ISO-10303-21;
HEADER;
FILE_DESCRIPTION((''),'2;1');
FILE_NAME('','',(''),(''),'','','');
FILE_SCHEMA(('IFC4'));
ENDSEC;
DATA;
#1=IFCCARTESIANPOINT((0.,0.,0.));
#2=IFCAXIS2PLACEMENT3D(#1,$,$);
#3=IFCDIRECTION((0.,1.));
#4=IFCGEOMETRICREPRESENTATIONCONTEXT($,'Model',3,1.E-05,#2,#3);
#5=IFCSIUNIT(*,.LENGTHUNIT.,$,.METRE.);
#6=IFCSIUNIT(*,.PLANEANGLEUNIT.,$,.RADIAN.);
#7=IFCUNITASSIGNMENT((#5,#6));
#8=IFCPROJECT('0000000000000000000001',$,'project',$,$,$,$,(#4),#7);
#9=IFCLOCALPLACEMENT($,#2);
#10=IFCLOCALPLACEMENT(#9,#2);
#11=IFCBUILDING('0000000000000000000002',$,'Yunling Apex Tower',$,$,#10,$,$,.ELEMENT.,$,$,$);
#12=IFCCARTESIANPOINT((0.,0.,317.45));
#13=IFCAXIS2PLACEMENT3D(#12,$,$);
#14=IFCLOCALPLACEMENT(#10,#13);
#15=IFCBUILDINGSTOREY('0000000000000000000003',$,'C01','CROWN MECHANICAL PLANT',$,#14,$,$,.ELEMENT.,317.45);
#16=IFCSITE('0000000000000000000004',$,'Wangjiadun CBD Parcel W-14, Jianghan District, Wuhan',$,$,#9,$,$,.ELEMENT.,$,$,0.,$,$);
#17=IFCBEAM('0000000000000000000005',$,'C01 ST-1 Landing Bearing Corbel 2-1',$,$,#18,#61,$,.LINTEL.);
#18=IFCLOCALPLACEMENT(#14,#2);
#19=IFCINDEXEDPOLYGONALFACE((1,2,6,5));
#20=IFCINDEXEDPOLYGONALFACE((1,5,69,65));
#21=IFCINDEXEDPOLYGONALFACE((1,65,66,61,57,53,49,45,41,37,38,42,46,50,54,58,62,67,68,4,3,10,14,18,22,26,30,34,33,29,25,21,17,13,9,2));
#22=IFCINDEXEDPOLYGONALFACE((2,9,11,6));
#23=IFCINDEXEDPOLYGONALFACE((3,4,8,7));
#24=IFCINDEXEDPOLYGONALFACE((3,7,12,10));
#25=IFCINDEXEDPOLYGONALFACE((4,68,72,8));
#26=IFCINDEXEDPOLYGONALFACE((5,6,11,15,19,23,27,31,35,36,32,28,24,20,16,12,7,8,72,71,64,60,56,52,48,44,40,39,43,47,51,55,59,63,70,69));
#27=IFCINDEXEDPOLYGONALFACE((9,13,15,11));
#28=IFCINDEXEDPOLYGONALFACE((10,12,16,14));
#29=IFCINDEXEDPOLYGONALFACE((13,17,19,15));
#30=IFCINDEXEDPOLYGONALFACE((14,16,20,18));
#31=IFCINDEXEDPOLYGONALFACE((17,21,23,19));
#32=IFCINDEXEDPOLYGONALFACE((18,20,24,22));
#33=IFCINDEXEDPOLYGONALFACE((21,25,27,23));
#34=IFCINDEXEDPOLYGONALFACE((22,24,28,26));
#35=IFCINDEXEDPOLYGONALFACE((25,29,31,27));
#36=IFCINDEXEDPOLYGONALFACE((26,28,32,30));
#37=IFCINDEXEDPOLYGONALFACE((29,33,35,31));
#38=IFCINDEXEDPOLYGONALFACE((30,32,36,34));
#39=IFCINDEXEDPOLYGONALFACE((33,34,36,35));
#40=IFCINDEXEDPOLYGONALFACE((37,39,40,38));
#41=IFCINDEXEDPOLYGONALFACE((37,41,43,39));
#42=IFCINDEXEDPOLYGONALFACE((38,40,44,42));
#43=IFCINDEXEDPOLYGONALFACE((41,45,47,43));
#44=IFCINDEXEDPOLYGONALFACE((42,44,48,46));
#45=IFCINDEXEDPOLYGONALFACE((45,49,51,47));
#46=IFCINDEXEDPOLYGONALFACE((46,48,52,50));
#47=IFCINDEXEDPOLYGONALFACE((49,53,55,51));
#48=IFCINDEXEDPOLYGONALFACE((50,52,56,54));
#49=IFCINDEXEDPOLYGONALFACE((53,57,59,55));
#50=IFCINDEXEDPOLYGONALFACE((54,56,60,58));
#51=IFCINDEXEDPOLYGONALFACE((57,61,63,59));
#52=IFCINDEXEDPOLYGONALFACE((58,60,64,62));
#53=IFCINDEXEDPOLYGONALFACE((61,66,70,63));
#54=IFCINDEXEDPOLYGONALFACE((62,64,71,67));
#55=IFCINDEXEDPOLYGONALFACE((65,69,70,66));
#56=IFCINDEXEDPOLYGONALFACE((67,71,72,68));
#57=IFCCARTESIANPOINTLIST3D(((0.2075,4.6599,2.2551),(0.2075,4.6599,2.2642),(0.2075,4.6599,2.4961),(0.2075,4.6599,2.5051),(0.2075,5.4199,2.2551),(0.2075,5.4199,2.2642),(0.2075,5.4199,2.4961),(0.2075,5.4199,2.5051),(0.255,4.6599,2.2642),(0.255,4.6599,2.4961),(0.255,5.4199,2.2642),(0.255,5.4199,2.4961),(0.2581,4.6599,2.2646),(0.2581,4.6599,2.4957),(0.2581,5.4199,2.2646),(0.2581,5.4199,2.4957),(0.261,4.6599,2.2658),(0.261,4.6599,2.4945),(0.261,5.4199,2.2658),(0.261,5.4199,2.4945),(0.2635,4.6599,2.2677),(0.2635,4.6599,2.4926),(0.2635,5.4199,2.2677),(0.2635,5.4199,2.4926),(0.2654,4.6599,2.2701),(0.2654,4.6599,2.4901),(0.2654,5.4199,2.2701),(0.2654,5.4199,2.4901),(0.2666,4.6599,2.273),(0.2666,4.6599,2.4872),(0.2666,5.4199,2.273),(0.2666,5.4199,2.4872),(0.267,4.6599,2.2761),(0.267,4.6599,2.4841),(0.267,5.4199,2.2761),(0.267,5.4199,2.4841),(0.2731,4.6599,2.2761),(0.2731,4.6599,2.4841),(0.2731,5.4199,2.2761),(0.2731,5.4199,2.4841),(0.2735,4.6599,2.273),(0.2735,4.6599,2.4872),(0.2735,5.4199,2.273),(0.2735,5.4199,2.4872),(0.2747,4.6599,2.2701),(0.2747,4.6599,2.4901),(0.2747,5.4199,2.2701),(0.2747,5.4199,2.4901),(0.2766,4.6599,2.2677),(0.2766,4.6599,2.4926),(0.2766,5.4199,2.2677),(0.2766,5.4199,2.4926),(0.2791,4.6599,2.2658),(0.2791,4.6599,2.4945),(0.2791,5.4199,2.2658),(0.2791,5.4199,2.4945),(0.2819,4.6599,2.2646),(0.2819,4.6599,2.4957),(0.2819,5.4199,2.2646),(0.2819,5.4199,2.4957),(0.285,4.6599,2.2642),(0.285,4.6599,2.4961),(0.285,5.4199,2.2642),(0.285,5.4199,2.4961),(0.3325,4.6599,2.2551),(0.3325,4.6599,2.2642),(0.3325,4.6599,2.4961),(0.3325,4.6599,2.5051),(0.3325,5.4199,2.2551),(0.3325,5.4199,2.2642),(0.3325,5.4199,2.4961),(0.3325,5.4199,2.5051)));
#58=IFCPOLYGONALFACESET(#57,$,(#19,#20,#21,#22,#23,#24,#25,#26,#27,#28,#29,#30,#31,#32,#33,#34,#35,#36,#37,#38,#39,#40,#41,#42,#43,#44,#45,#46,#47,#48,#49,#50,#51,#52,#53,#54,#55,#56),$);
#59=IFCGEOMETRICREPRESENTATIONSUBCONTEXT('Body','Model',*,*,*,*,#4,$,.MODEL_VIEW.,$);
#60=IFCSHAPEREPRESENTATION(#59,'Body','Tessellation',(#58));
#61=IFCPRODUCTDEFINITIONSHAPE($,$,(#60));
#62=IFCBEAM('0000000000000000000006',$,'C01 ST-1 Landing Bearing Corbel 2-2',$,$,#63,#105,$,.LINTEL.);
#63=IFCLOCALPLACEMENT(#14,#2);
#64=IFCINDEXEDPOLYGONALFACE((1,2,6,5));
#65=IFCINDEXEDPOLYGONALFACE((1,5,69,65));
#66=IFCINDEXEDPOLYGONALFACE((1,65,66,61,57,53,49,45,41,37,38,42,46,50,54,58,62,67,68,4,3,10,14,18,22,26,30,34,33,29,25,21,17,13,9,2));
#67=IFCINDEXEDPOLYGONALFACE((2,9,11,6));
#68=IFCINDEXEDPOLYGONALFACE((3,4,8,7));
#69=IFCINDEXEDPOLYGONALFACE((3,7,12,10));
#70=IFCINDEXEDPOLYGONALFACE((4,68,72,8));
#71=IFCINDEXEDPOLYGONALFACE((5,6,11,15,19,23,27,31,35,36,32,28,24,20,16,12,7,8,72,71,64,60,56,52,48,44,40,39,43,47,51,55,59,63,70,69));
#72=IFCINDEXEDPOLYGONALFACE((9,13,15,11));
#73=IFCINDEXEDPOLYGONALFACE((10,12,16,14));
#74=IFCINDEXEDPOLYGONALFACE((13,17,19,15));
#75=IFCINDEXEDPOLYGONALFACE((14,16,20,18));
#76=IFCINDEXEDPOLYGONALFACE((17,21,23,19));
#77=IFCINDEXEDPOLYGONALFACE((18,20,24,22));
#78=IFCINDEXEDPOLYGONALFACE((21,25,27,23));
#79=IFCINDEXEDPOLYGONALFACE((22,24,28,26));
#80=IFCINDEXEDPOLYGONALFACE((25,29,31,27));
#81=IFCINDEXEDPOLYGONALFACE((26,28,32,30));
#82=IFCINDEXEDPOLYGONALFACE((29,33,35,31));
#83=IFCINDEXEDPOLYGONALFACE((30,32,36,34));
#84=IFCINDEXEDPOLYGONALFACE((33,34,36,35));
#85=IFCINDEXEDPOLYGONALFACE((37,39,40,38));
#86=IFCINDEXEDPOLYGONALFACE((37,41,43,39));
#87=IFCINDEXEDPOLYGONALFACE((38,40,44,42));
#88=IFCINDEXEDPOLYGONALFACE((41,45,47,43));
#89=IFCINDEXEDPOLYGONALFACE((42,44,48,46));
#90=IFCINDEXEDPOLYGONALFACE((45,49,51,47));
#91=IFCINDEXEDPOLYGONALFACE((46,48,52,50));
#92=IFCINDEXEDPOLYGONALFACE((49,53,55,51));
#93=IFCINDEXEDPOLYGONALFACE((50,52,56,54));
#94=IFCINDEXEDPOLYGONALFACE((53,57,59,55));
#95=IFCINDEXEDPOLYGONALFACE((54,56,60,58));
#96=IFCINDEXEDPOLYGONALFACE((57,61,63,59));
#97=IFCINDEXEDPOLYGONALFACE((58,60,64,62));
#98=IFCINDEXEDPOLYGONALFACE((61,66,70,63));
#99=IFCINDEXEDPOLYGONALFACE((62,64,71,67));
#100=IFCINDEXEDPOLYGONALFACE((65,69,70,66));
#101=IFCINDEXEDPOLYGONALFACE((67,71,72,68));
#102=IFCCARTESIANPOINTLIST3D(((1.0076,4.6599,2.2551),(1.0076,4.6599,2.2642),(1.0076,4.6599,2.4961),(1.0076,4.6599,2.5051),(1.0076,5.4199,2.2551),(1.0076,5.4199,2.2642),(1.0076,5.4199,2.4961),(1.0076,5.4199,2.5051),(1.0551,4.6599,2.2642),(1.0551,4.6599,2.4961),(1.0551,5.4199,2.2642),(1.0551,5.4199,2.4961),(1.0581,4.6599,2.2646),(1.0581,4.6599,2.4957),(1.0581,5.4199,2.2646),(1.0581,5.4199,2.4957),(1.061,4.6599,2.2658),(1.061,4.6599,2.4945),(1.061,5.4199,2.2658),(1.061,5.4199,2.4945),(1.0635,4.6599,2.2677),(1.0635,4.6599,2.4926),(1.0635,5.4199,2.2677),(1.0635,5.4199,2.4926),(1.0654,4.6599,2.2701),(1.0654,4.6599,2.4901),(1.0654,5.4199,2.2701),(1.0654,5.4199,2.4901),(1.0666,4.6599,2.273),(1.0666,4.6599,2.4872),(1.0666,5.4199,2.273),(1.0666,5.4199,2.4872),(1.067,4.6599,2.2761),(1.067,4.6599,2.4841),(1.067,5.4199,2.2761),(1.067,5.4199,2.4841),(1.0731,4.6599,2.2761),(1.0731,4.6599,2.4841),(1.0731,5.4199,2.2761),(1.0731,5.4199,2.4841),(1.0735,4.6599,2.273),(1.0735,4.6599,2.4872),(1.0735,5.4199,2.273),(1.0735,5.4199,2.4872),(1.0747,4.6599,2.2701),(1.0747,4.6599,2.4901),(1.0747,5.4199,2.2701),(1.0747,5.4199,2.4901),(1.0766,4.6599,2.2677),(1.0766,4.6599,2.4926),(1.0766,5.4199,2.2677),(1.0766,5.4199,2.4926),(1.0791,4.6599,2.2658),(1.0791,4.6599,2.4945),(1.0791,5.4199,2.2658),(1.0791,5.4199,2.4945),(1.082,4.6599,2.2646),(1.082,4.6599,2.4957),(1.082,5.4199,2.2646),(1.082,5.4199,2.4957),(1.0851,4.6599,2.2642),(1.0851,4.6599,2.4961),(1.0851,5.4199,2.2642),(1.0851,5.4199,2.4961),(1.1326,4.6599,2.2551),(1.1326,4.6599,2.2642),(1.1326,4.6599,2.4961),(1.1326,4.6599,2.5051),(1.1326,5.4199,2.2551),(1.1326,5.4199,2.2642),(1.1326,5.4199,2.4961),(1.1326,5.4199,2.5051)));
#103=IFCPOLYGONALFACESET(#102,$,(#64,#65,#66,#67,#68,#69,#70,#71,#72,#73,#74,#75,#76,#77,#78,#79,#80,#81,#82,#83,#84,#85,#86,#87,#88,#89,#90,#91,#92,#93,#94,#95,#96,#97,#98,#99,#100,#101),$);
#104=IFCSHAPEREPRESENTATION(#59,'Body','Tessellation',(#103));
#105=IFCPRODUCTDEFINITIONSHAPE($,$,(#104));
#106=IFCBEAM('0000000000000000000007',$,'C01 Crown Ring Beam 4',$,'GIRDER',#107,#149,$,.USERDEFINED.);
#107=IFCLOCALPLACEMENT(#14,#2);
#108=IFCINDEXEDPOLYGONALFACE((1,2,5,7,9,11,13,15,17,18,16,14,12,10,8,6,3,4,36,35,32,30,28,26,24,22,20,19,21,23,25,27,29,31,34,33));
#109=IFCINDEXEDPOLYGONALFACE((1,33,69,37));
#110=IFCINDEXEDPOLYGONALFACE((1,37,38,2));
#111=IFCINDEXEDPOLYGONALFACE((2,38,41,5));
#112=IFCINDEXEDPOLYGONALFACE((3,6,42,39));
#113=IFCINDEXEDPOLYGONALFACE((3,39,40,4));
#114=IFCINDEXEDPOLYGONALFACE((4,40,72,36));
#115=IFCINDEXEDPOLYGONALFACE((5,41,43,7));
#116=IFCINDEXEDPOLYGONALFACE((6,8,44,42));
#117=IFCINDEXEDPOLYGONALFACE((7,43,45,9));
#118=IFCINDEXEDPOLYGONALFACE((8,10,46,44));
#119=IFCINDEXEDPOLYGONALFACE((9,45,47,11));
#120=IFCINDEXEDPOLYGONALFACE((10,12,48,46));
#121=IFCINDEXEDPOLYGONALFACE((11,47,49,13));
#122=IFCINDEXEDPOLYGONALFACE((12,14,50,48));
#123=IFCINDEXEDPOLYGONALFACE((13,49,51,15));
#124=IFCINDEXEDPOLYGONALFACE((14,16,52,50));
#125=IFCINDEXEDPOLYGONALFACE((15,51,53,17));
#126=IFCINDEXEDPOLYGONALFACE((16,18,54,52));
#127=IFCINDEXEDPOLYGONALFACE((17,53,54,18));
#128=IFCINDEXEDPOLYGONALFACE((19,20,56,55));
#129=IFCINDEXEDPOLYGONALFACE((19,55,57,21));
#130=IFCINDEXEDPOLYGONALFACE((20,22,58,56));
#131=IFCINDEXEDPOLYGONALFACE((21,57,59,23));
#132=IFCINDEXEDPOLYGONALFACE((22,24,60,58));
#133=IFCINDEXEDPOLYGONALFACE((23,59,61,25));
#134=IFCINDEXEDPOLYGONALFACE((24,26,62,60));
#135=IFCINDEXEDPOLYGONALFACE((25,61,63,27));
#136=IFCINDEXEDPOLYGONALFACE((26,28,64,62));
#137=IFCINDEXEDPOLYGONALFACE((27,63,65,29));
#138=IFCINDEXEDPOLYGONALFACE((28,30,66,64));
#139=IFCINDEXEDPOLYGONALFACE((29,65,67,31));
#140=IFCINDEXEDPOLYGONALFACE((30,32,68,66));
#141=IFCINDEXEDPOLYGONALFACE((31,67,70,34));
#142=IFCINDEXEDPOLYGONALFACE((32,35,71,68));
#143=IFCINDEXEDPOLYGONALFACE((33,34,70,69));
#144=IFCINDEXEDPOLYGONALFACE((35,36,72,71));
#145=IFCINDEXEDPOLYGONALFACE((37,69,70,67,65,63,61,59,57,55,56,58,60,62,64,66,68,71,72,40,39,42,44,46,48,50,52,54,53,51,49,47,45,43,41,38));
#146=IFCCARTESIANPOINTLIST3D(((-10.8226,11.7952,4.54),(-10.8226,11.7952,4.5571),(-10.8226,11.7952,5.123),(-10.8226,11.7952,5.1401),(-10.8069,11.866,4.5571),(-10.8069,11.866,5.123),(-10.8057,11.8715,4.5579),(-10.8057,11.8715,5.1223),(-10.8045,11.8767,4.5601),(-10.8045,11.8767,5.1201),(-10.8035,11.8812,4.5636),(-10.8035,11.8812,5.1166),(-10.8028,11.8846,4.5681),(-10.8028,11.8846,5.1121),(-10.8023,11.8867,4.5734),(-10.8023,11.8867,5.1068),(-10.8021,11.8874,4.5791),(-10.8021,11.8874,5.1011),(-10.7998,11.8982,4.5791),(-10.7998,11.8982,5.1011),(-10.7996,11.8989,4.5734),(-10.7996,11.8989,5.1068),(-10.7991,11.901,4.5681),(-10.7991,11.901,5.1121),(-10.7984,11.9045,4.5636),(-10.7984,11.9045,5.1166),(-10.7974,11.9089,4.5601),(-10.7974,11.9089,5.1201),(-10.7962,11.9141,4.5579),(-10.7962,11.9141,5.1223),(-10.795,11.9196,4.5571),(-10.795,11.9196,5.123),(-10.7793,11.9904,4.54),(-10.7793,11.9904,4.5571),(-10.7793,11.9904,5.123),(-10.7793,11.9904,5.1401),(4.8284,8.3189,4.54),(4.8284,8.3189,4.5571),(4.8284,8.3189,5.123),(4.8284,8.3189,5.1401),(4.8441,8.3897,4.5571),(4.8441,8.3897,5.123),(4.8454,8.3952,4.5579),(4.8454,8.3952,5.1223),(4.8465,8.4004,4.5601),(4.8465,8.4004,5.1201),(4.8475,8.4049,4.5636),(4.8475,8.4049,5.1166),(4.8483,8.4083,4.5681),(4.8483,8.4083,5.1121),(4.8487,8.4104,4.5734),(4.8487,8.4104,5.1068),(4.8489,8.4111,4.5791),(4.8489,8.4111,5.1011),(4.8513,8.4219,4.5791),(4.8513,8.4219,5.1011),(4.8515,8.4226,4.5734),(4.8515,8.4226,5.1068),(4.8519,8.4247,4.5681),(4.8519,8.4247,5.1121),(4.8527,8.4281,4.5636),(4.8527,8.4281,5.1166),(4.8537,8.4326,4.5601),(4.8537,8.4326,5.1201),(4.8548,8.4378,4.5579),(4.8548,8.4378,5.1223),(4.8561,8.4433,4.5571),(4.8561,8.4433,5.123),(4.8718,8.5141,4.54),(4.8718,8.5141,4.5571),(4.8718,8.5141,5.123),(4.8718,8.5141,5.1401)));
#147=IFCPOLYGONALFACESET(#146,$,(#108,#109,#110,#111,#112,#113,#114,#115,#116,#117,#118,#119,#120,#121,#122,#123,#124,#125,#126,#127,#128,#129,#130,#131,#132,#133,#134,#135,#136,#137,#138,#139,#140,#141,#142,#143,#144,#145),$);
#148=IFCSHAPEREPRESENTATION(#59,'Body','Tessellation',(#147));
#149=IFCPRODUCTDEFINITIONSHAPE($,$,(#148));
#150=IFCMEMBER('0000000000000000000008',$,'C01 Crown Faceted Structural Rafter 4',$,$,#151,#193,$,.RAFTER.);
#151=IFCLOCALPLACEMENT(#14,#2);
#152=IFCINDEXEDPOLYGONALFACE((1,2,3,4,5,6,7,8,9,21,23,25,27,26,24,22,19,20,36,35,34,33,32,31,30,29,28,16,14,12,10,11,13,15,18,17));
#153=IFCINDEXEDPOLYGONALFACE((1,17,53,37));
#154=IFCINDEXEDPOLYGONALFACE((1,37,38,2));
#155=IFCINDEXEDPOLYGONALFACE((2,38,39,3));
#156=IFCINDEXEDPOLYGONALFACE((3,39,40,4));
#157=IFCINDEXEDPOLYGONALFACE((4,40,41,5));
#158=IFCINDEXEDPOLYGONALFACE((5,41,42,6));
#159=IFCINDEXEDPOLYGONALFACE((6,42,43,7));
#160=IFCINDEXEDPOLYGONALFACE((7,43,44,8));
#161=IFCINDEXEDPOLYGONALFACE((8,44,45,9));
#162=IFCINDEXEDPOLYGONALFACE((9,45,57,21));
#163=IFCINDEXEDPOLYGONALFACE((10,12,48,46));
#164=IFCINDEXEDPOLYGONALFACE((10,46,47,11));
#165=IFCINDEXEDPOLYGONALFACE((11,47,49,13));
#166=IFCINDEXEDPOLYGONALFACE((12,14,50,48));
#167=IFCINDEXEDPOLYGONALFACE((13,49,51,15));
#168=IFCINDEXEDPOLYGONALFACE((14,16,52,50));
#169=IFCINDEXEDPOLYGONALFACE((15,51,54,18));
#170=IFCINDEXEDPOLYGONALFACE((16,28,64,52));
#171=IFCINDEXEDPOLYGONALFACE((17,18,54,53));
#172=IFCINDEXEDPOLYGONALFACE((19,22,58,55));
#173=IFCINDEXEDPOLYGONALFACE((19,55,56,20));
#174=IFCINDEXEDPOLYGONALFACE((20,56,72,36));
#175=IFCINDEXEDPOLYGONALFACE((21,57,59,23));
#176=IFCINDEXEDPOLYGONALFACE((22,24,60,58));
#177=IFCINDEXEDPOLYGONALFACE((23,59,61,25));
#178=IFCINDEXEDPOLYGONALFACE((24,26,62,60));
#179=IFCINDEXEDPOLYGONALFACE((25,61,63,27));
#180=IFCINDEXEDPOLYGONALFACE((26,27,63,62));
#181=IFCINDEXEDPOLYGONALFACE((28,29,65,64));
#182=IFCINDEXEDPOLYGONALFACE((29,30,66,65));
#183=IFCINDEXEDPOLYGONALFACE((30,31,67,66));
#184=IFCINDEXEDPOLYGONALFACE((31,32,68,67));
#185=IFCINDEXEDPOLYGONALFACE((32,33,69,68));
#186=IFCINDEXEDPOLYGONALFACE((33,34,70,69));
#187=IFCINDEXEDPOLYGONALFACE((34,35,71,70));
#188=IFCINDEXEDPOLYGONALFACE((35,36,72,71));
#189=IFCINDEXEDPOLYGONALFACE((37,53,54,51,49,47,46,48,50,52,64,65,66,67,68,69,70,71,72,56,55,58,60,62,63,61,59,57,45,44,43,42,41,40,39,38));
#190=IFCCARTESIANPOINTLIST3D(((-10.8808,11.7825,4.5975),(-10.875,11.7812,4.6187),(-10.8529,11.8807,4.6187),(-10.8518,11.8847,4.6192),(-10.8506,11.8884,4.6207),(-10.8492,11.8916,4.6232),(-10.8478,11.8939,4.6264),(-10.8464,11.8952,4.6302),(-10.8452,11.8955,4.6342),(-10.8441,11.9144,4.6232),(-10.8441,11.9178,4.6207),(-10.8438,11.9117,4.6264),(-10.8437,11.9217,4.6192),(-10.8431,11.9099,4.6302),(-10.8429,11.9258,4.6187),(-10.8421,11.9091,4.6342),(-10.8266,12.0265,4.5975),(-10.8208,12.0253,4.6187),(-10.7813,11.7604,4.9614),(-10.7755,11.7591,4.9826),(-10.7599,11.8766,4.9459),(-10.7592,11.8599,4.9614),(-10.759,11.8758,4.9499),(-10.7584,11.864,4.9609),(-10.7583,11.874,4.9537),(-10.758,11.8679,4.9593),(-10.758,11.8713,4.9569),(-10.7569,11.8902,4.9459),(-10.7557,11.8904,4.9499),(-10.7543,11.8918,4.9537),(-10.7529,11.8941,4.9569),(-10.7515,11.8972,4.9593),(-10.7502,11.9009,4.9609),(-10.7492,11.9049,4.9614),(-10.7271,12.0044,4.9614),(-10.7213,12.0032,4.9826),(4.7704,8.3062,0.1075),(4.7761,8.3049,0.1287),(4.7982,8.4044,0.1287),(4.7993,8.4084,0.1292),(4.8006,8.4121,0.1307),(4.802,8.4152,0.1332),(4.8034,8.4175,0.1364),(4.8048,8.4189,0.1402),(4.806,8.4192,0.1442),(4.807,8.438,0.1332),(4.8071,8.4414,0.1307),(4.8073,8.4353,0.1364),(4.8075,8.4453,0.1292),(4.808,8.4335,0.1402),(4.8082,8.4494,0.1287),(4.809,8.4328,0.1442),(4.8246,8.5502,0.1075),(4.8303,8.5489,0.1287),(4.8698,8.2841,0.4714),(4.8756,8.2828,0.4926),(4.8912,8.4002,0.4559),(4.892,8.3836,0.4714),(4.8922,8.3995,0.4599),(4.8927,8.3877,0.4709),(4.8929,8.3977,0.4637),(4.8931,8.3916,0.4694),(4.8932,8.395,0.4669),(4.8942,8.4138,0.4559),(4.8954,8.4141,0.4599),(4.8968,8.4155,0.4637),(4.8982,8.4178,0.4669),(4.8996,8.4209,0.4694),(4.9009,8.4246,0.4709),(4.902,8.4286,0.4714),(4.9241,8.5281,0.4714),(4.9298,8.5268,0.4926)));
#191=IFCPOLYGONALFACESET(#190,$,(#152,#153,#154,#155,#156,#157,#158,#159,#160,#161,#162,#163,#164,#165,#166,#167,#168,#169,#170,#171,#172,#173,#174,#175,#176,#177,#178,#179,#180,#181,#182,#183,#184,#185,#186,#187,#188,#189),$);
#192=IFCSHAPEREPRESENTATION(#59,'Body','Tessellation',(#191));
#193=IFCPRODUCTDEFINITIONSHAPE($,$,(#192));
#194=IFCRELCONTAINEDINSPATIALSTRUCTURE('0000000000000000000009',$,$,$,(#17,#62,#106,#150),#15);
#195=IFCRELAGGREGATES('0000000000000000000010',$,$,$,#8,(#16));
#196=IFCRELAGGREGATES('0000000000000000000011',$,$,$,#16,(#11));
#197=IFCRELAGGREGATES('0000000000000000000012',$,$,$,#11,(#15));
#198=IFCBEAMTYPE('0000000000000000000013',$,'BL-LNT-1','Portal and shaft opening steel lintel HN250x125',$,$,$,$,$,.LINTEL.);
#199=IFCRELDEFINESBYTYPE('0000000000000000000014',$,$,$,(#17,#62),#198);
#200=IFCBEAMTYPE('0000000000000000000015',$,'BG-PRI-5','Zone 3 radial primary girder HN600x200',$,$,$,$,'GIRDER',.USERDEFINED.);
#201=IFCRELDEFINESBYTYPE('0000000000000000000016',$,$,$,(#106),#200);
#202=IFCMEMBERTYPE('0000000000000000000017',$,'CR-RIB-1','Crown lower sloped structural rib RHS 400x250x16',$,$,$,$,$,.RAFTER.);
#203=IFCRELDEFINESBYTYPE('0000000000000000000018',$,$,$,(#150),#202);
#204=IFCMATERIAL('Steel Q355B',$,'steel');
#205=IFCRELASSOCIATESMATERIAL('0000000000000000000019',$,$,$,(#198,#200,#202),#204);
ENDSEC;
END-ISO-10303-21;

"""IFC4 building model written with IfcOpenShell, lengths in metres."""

from ifc_helpers import new_model, si_unit, direction, frame, origin, origin_2d, place, context, subcontext, project, spatial, i_section, extrude, source, transform, mapped, material, material_profile, profile_set, type_object, element, save


model = new_model("IFC4")

# Units and contexts
model_context = context("Model", 3, precision=1e-05, world=origin(), true_north=direction((0.0, 1.0)))
body_context = subcontext(model_context, "Body", "Model", "MODEL_VIEW")
ifc_project = project(units=[si_unit("LENGTHUNIT", "METRE"), si_unit("PLANEANGLEUNIT", "RADIAN")], contexts=[model_context])

# Site, building, storey
site_placement = place(None, origin())
site = spatial("IfcSite", under=ifc_project, at=site_placement, Name="Wangjiadun CBD Parcel W-14, Jianghan District, Wuhan", CompositionType="ELEMENT", RefElevation=0.0)
building_placement = place(site_placement, origin())
building = spatial("IfcBuilding", under=site, at=building_placement, Name="Yunling Apex Tower", CompositionType="ELEMENT")
storey_placement = place(building_placement, frame((0.0, 0.0, 317.45)))
storey = spatial("IfcBuildingStorey", under=building, at=storey_placement, Name="C01", Description="CROWN MECHANICAL PLANT", CompositionType="ELEMENT", Elevation=317.45)

# Beams
ifc_material_1 = material(Name="Steel Q355B", Category="steel")
ifc_material_profile_1 = material_profile(ifc_material_1, i_section(OverallWidth=0.125, OverallDepth=0.25, WebThickness=0.0061, FlangeThickness=0.009, FilletRadius=0.012, at=origin_2d()))
ifc_profile_set_1 = profile_set([ifc_material_profile_1], Name="Steel Q355B")
beam_type_1 = type_object("IfcBeamType", Name="BL-LNT-1", Description="Portal and shaft opening steel lintel HN250x125", PredefinedType="LINTEL", material=ifc_profile_set_1)
shared_shape_1 = source(origin(), body_context, "Body", "SweptSolid", [
    extrude(i_section(OverallWidth=0.125, OverallDepth=0.25, WebThickness=0.0061, FlangeThickness=0.009, FilletRadius=0.012, at=origin_2d()), origin(), (0.0, 0.0, 1.0), 0.76),
])
for number, where, z_axis, x_axis, name in (
    (1, (0.27, 5.4199, 2.3801), (0.0, -1.0, 0.0), (1.0, 0.0, 0.0), "C01 ST-1 Landing Bearing Corbel 2-1"),
    (2, (1.0701, 5.4199, 2.3801), (0.0, -1.0, 0.0), (1.0, 0.0, 0.0), "C01 ST-1 Landing Bearing Corbel 2-2"),
):
    element("IfcBeam", number, at=place(storey_placement, frame(where, z_axis=z_axis, x_axis=x_axis)), inside=storey, type_object=beam_type_1, Name=name, PredefinedType="LINTEL", context=body_context, shape_type="MappedRepresentation", body=[
        mapped(shared_shape_1, transform((0.0, 0.0, 0.0), scale=1.0)),
    ])
ifc_material_profile_2 = material_profile(ifc_material_1, i_section(OverallWidth=0.2, OverallDepth=0.6001, WebThickness=0.011, FlangeThickness=0.0171, FilletRadius=0.022, at=origin_2d()))
ifc_profile_set_2 = profile_set([ifc_material_profile_2], Name="Steel Q355B")
beam_type_2 = type_object("IfcBeamType", Name="BG-PRI-5", Description="Zone 3 radial primary girder HN600x200", ElementType="GIRDER", PredefinedType="USERDEFINED", material=ifc_profile_set_2)
shared_shape_2 = source(origin(), body_context, "Body", "SweptSolid", [
    extrude(i_section(OverallWidth=0.2, OverallDepth=0.6001, WebThickness=0.011, FlangeThickness=0.0171, FilletRadius=0.022, at=origin_2d()), origin(), (0.0, 0.0, 1.0), 16.0325),
])
beam_placement = place(storey_placement, frame((4.8501, 8.4165, 4.8401), z_axis=(-0.97621, 0.216829, 0.0), x_axis=(-0.216829, -0.97621, 0.0)))
element("IfcBeam", 3, at=beam_placement, inside=storey, type_object=beam_type_2, Name="C01 Crown Ring Beam 4", ObjectType="GIRDER", PredefinedType="USERDEFINED", context=body_context, shape_type="MappedRepresentation", body=[
    mapped(shared_shape_2, transform((0.0, 0.0, 0.0), scale=1.0)),
])

# Member
ifc_material_profile_3 = material_profile(ifc_material_1, i_section(OverallWidth=0.25, OverallDepth=0.3999, WebThickness=0.0139, FlangeThickness=0.022, FilletRadius=0.0161, at=origin_2d()))
ifc_profile_set_3 = profile_set([ifc_material_profile_3], Name="Steel Q355B")
member_type_1 = type_object("IfcMemberType", Name="CR-RIB-1", Description="Crown lower sloped structural rib RHS 400x250x16", PredefinedType="RAFTER", material=ifc_profile_set_3)
shared_shape_3 = source(origin(), body_context, "Body", "SweptSolid", [
    extrude(i_section(OverallWidth=0.25, OverallDepth=0.3999, WebThickness=0.0139, FlangeThickness=0.022, FilletRadius=0.0161, at=origin_2d()), origin(), (0.0, 0.0, 1.0), 16.6494),
])
member_1_placement = place(storey_placement, frame((4.8501, 8.4165, 0.3), z_axis=(-0.940041, 0.208795, 0.269679), x_axis=(-0.216829, -0.97621, 0.0)))
element("IfcMember", 4, at=member_1_placement, inside=storey, type_object=member_type_1, Name="C01 Crown Faceted Structural Rafter 4", PredefinedType="RAFTER", context=body_context, shape_type="MappedRepresentation", body=[
    mapped(shared_shape_3, transform((0.0, 0.0, 0.0), scale=1.0)),
])

save(model, "model.ifc")
